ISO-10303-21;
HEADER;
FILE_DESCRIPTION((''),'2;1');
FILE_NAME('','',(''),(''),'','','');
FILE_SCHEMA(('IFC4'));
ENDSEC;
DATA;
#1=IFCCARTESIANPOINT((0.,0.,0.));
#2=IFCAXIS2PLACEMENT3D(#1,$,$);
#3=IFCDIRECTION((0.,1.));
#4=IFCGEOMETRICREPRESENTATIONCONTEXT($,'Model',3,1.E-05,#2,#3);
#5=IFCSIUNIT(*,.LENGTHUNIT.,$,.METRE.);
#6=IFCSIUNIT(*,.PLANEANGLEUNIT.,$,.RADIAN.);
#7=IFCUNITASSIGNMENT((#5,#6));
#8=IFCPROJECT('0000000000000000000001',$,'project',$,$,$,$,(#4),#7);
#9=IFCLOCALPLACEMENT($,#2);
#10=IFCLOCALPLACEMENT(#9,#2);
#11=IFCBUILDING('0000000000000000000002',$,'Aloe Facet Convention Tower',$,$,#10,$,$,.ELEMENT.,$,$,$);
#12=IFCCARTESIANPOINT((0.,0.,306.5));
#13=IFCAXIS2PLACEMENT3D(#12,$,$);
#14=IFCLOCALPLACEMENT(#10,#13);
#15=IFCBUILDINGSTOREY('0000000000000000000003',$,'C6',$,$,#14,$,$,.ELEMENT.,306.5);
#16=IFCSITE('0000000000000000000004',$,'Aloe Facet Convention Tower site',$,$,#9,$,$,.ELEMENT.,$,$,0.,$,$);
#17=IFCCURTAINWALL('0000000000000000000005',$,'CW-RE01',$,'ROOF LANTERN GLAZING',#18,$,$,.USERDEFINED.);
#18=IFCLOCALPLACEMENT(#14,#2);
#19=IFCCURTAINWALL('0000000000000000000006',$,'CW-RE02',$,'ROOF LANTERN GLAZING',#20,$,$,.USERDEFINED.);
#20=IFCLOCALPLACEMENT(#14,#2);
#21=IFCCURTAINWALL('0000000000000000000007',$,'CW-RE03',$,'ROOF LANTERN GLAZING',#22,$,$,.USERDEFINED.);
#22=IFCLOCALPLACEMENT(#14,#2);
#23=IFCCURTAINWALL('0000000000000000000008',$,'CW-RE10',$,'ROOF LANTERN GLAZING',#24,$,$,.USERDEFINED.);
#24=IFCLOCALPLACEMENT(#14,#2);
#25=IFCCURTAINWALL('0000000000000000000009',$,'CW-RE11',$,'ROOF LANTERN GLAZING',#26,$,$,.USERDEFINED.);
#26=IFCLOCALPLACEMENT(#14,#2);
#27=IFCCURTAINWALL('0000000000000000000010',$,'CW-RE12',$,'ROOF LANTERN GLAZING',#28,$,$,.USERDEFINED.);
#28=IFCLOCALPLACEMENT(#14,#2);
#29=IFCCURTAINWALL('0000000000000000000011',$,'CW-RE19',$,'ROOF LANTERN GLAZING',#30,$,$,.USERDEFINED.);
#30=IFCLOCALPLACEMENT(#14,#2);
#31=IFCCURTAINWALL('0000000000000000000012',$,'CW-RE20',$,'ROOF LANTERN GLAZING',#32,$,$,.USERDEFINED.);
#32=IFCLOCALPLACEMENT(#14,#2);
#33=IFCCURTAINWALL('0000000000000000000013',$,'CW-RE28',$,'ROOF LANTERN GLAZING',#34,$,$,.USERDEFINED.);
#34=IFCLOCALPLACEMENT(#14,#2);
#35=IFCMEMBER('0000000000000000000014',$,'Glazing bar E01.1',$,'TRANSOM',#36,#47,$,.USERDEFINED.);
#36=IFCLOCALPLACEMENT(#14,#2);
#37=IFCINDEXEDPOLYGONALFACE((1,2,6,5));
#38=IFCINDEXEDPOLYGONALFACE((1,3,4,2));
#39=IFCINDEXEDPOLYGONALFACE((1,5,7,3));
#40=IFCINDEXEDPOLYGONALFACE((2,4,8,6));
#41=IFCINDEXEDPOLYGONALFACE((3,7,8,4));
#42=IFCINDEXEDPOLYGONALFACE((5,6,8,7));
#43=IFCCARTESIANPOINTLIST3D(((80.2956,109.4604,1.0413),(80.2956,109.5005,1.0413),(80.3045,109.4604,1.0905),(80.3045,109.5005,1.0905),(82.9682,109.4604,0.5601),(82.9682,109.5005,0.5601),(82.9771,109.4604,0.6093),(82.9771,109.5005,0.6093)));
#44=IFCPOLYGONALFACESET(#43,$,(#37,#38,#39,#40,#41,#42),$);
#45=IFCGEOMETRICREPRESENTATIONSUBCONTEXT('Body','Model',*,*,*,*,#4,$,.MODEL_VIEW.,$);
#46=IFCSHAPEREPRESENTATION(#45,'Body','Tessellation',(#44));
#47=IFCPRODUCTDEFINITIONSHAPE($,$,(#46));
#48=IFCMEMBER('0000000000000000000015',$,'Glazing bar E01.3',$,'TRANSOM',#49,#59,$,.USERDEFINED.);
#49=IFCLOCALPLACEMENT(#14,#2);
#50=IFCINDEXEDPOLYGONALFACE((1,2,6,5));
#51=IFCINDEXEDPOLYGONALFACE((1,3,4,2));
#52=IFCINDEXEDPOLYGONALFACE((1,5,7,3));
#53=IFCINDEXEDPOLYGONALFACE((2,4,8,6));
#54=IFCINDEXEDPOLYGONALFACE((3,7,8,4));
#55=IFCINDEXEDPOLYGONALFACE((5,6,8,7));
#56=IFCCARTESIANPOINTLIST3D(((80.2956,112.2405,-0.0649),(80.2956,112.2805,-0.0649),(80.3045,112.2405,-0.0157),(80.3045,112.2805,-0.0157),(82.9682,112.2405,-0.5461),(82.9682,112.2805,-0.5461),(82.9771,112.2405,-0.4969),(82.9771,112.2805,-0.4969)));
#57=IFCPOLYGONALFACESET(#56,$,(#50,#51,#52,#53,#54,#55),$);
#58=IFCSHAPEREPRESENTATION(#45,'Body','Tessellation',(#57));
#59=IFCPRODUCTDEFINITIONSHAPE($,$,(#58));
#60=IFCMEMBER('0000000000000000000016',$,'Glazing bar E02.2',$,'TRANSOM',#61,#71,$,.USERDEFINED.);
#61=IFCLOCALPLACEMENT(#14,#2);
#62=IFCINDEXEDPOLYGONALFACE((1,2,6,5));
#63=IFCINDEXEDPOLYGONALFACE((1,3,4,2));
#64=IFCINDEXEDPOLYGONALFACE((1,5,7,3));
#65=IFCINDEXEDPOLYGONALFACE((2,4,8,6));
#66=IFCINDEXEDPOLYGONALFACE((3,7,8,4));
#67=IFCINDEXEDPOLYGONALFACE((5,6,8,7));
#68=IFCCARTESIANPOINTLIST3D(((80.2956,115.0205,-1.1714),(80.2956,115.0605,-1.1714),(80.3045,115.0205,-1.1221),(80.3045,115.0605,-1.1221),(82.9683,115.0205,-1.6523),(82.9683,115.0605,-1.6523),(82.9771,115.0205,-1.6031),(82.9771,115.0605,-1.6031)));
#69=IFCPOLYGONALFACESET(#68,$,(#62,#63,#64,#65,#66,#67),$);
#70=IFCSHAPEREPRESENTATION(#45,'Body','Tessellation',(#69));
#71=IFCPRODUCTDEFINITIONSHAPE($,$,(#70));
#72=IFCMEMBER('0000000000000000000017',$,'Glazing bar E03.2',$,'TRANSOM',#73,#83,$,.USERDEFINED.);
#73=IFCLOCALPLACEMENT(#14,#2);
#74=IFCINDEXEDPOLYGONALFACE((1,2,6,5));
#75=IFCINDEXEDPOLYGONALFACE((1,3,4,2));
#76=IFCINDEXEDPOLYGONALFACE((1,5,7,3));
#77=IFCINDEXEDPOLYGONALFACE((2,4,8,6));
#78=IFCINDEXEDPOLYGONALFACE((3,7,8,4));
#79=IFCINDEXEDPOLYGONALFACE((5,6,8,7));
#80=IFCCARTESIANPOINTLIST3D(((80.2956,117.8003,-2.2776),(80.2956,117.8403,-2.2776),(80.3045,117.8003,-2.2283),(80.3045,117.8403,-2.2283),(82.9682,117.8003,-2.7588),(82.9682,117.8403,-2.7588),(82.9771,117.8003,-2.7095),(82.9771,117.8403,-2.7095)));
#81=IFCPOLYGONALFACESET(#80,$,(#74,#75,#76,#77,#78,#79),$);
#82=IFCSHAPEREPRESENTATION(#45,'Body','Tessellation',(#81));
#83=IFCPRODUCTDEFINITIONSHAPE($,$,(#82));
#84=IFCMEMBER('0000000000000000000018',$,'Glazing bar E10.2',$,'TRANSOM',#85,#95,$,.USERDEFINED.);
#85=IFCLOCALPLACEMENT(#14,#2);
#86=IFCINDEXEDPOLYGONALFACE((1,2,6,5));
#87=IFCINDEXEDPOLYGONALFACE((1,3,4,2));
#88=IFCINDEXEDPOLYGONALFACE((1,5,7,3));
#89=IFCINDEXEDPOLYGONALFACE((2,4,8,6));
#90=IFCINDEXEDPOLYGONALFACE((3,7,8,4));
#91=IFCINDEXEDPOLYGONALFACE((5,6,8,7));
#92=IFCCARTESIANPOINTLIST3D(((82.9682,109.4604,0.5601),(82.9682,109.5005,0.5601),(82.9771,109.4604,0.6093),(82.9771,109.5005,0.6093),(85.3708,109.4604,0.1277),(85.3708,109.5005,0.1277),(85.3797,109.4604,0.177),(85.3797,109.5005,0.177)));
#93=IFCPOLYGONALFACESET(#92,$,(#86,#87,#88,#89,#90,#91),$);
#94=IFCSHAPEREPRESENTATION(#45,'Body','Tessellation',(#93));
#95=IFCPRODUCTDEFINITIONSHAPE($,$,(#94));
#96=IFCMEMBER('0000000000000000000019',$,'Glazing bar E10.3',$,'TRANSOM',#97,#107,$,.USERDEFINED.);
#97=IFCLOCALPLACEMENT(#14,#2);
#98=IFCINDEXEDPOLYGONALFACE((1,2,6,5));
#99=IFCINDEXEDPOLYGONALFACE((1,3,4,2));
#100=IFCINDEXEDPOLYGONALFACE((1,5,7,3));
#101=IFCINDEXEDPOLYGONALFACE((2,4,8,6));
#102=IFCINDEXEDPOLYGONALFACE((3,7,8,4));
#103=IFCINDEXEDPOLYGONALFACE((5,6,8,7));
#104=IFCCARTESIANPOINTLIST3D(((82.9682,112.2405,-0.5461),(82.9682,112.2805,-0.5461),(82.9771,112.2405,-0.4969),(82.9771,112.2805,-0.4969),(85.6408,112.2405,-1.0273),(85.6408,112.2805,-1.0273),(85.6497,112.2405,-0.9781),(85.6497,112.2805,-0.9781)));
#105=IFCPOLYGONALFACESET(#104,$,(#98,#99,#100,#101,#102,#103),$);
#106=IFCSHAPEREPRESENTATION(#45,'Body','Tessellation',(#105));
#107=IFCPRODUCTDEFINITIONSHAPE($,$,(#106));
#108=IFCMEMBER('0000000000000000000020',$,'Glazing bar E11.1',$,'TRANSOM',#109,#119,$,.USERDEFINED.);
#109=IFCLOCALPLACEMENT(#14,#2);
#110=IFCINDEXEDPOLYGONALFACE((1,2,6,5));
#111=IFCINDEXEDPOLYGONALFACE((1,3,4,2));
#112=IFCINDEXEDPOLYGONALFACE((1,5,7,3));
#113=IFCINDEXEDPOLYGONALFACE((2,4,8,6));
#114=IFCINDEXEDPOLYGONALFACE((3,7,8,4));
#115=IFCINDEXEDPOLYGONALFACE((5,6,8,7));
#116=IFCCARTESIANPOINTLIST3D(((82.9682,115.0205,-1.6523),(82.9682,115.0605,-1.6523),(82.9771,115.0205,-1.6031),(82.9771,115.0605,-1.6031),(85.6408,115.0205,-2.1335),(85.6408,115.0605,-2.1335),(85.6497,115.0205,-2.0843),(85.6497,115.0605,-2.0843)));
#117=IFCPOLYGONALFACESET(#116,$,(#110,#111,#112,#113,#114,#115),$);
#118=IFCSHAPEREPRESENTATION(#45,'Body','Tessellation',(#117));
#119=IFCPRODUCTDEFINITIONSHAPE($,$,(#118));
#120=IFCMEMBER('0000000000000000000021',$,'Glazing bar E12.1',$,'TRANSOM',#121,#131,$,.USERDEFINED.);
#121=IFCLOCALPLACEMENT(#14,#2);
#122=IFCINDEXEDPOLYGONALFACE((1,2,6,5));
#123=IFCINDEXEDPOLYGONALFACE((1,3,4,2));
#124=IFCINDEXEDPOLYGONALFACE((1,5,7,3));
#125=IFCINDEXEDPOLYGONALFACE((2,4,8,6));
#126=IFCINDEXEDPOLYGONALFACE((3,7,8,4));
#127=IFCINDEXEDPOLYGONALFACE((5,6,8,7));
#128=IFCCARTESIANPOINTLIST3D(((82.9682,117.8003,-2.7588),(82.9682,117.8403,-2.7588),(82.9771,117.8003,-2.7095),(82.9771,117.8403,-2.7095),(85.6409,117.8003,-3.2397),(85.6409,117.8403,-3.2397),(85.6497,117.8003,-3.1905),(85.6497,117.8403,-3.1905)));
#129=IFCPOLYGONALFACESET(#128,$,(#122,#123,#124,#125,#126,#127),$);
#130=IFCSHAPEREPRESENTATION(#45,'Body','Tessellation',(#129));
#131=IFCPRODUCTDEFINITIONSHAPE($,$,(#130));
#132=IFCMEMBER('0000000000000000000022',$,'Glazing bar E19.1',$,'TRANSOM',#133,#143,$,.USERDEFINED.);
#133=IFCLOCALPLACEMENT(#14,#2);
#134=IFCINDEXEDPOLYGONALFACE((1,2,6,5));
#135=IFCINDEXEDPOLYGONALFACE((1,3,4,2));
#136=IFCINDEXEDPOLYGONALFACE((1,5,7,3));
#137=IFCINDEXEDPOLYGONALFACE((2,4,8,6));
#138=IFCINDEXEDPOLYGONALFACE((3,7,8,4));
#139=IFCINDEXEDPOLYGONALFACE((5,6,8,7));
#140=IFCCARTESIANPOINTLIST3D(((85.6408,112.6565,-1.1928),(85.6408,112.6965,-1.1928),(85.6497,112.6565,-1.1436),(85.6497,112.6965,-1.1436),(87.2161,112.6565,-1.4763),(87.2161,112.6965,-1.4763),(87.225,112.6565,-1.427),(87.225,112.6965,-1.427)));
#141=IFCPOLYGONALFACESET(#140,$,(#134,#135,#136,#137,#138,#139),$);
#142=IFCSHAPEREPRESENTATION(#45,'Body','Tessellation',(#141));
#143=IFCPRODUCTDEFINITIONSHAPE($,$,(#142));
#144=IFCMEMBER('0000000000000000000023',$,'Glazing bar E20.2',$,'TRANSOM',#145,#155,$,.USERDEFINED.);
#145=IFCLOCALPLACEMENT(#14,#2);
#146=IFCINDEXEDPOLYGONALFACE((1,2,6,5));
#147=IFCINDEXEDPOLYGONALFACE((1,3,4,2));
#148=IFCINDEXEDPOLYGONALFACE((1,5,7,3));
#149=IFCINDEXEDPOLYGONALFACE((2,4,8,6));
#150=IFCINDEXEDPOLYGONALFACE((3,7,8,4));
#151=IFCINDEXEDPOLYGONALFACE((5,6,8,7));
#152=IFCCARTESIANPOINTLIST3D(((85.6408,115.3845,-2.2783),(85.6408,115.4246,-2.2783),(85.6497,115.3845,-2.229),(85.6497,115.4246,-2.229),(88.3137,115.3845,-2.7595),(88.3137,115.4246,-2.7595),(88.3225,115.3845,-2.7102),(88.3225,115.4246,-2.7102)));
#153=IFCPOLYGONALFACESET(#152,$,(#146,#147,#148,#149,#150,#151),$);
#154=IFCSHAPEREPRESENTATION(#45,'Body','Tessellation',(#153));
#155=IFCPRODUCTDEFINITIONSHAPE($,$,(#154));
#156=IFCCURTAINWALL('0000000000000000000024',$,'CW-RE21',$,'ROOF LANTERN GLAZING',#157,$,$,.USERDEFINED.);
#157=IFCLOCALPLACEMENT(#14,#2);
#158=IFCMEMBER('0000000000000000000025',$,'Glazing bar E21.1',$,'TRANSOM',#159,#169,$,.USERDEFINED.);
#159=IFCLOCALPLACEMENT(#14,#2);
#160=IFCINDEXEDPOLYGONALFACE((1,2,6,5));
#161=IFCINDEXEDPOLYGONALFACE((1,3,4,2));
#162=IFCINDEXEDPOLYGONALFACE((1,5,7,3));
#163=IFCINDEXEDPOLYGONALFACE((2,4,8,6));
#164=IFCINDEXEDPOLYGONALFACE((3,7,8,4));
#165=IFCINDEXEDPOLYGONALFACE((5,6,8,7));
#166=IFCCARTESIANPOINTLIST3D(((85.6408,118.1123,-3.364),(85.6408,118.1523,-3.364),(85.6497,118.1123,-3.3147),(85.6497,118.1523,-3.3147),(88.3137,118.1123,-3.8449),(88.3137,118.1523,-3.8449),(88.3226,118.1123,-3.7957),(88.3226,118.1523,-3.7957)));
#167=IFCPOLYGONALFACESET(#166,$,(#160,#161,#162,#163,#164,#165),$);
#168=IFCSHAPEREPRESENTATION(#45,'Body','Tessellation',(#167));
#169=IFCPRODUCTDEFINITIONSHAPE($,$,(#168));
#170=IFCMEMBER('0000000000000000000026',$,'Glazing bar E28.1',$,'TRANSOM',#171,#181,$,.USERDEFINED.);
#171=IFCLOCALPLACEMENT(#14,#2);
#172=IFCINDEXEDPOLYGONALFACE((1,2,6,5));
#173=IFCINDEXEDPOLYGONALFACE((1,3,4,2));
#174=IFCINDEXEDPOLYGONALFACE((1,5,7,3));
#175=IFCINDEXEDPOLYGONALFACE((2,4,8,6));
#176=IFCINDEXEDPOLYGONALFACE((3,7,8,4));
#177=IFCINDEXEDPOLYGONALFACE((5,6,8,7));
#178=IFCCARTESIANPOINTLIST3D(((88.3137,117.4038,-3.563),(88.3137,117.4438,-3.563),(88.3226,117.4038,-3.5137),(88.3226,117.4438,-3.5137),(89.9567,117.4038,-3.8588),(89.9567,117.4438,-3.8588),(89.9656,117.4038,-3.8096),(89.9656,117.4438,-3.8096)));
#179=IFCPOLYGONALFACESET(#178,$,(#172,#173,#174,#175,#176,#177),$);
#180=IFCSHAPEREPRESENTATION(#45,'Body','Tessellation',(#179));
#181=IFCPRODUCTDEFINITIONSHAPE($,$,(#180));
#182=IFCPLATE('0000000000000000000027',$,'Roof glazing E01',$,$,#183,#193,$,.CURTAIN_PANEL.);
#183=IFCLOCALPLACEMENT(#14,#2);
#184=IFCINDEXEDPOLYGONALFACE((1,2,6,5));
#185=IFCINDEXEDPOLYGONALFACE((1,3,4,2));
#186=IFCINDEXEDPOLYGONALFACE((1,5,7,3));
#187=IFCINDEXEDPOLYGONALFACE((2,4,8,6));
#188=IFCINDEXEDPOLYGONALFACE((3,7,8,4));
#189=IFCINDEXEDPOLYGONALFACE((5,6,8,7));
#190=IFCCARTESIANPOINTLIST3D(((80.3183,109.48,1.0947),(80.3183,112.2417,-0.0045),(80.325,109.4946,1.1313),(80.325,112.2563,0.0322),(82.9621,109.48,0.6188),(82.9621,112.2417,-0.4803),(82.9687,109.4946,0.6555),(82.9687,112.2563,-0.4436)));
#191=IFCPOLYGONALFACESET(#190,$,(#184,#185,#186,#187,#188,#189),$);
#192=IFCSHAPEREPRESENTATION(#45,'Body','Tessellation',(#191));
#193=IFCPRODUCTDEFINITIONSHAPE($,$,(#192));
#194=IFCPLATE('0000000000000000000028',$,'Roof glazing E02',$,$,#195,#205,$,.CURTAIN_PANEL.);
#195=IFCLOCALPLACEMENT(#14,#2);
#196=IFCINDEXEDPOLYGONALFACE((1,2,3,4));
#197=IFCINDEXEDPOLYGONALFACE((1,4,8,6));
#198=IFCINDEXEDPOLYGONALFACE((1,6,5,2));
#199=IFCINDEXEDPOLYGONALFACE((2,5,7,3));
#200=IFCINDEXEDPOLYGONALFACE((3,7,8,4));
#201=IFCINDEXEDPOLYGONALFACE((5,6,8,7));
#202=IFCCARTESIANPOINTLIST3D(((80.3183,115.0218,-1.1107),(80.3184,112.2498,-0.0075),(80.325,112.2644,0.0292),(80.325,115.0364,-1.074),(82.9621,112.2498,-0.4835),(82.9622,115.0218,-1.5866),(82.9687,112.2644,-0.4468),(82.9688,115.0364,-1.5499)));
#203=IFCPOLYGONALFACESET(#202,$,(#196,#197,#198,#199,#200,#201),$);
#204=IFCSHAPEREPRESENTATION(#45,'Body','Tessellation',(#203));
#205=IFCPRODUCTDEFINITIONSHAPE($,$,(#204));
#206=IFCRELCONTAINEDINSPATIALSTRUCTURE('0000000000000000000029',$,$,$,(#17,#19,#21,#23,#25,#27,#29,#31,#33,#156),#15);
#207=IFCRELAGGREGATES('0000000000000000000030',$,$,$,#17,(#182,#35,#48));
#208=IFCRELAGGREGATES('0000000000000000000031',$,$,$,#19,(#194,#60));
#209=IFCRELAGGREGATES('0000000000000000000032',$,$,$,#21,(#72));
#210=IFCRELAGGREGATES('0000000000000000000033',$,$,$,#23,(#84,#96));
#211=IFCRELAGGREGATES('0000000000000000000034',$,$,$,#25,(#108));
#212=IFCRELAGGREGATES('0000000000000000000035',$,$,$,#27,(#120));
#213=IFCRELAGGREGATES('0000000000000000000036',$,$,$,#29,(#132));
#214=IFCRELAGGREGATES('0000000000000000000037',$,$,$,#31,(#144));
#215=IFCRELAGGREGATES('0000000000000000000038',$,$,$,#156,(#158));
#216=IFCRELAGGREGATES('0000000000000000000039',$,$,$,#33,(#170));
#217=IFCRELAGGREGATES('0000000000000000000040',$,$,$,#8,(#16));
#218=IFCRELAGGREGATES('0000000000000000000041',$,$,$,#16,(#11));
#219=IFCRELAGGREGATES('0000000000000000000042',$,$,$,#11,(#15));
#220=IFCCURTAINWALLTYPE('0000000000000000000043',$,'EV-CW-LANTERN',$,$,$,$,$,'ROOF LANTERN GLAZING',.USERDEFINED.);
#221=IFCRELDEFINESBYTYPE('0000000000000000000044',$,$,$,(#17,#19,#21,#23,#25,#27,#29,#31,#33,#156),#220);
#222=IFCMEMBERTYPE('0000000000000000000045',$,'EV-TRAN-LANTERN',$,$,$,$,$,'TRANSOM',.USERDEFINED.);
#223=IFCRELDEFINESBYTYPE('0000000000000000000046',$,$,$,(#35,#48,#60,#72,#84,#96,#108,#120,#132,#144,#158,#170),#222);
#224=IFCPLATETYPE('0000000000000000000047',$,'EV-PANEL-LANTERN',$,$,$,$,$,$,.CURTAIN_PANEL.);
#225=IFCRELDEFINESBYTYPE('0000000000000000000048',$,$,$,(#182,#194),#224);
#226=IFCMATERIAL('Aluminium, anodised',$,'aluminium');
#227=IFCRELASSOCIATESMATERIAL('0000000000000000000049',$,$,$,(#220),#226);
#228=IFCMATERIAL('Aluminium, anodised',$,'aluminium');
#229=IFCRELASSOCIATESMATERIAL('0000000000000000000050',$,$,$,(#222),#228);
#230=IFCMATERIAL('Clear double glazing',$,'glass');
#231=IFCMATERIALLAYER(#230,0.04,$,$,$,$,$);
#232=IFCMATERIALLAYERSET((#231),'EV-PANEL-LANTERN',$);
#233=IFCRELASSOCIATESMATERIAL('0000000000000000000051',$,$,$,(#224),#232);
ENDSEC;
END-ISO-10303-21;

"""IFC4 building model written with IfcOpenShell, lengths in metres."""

from ifc_helpers import new_model, si_unit, direction, frame, origin, origin_2d, place, context, subcontext, project, spatial, polyline, rectangle, outline, extrude, material, layer, layer_set, material_profile, profile_set, type_object, element, aggregate, save


model = new_model("IFC4")

# Units and contexts
model_context = context("Model", 3, precision=1e-05, world=origin(), true_north=direction((0.0, 1.0)))
body_context = subcontext(model_context, "Body", "Model", "MODEL_VIEW")
ifc_project = project(units=[si_unit("LENGTHUNIT", "METRE"), si_unit("PLANEANGLEUNIT", "RADIAN")], contexts=[model_context])

# Site, building, storey
site_placement = place(None, origin())
site = spatial("IfcSite", under=ifc_project, at=site_placement, Name="Aloe Facet Convention Tower site", CompositionType="ELEMENT", RefElevation=0.0)
building_placement = place(site_placement, origin())
building = spatial("IfcBuilding", under=site, at=building_placement, Name="Aloe Facet Convention Tower", CompositionType="ELEMENT")
storey_placement = place(building_placement, frame((0.0, 0.0, 306.5)))
storey = spatial("IfcBuildingStorey", under=building, at=storey_placement, Name="C6", CompositionType="ELEMENT", Elevation=306.5)

# Curtain walls
ifc_material_1 = material(Name="Aluminium, anodised", Category="aluminium")
curtain_wall_type = type_object("IfcCurtainWallType", Name="EV-CW-LANTERN", ElementType="ROOF LANTERN GLAZING", PredefinedType="USERDEFINED", material=ifc_material_1)
curtain_wall_1_placement = place(storey_placement, origin())
curtain_wall_1 = element("IfcCurtainWall", 1, at=curtain_wall_1_placement, inside=storey, type_object=curtain_wall_type, Name="CW-RE01", ObjectType="ROOF LANTERN GLAZING", PredefinedType="USERDEFINED")
curtain_wall_2_placement = place(storey_placement, origin())
curtain_wall_2 = element("IfcCurtainWall", 2, at=curtain_wall_2_placement, inside=storey, type_object=curtain_wall_type, Name="CW-RE02", ObjectType="ROOF LANTERN GLAZING", PredefinedType="USERDEFINED")
curtain_wall_3_placement = place(storey_placement, origin())
curtain_wall_3 = element("IfcCurtainWall", 3, at=curtain_wall_3_placement, inside=storey, type_object=curtain_wall_type, Name="CW-RE03", ObjectType="ROOF LANTERN GLAZING", PredefinedType="USERDEFINED")

# Curtain wall
curtain_wall_4_placement = place(storey_placement, origin())
curtain_wall_4 = element("IfcCurtainWall", 4, at=curtain_wall_4_placement, inside=storey, type_object=curtain_wall_type, Name="CW-RE10", ObjectType="ROOF LANTERN GLAZING", PredefinedType="USERDEFINED")

# Curtain walls
curtain_wall_5_placement = place(storey_placement, origin())
curtain_wall_5 = element("IfcCurtainWall", 5, at=curtain_wall_5_placement, inside=storey, type_object=curtain_wall_type, Name="CW-RE11", ObjectType="ROOF LANTERN GLAZING", PredefinedType="USERDEFINED")
curtain_wall_6_placement = place(storey_placement, origin())
curtain_wall_6 = element("IfcCurtainWall", 6, at=curtain_wall_6_placement, inside=storey, type_object=curtain_wall_type, Name="CW-RE12", ObjectType="ROOF LANTERN GLAZING", PredefinedType="USERDEFINED")
curtain_wall_7_placement = place(storey_placement, origin())
curtain_wall_7 = element("IfcCurtainWall", 7, at=curtain_wall_7_placement, inside=storey, type_object=curtain_wall_type, Name="CW-RE19", ObjectType="ROOF LANTERN GLAZING", PredefinedType="USERDEFINED")

# Curtain wall
curtain_wall_8_placement = place(storey_placement, origin())
curtain_wall_8 = element("IfcCurtainWall", 8, at=curtain_wall_8_placement, inside=storey, type_object=curtain_wall_type, Name="CW-RE20", ObjectType="ROOF LANTERN GLAZING", PredefinedType="USERDEFINED")

# Curtain wall
curtain_wall_9_placement = place(storey_placement, origin())
curtain_wall_9 = element("IfcCurtainWall", 9, at=curtain_wall_9_placement, inside=storey, type_object=curtain_wall_type, Name="CW-RE28", ObjectType="ROOF LANTERN GLAZING", PredefinedType="USERDEFINED")

# Members
ifc_material_2 = material(Name="Aluminium, anodised", Category="aluminium")
ifc_material_profile_1 = material_profile(ifc_material_2, rectangle(XDim=0.04, YDim=0.05, at=origin_2d()), Name="AL 40x50")
ifc_profile_set_1 = profile_set([ifc_material_profile_1], Name="Aluminium, anodised")
member_type_1 = type_object("IfcMemberType", Name="EV-TRAN-LANTERN", ElementType="TRANSOM", PredefinedType="USERDEFINED", material=ifc_profile_set_1)
member_1_placement = place(storey_placement, frame((82.9727, 109.4805, 0.5847), z_axis=(-0.984175, 0.0, 0.1772), x_axis=(0.0, -1.0, 0.0)))
member_1 = element("IfcMember", 10, at=member_1_placement, type_object=member_type_1, Name="Glazing bar E01.1", ObjectType="TRANSOM", PredefinedType="USERDEFINED", context=body_context, shape_type="SweptSolid", body=[
    extrude(rectangle(XDim=0.04, YDim=0.05, at=origin_2d()), origin(), (0.0, 0.0, 1.0), 2.7156),
])
member_2_placement = place(storey_placement, frame((80.3, 112.2605, -0.0403), z_axis=(0.984175, 0.0, -0.1772), x_axis=(0.0, 1.0, 0.0)))
member_2 = element("IfcMember", 11, at=member_2_placement, type_object=member_type_1, Name="Glazing bar E01.3", ObjectType="TRANSOM", PredefinedType="USERDEFINED", context=body_context, shape_type="SweptSolid", body=[
    extrude(rectangle(XDim=0.04, YDim=0.05, at=origin_2d()), origin(), (0.0, 0.0, 1.0), 2.7156),
])
member_3_placement = place(storey_placement, frame((80.3, 115.0405, -1.1467), z_axis=(0.984191, 0.0, -0.177113), x_axis=(0.0, 1.0, 0.0)))
member_3 = element("IfcMember", 12, at=member_3_placement, type_object=member_type_1, Name="Glazing bar E02.2", ObjectType="TRANSOM", PredefinedType="USERDEFINED", context=body_context, shape_type="SweptSolid", body=[
    extrude(rectangle(XDim=0.04, YDim=0.05, at=origin_2d()), origin(), (0.0, 0.0, 1.0), 2.7156),
])
member_4_placement = place(storey_placement, frame((80.3, 117.8203, -2.2529), z_axis=(0.984175, 0.0, -0.1772), x_axis=(0.0, 1.0, 0.0)))
member_4 = element("IfcMember", 13, at=member_4_placement, type_object=member_type_1, Name="Glazing bar E03.2", ObjectType="TRANSOM", PredefinedType="USERDEFINED", context=body_context, shape_type="SweptSolid", body=[
    extrude(rectangle(XDim=0.04, YDim=0.05, at=origin_2d()), origin(), (0.0, 0.0, 1.0), 2.7156),
])
member_5_placement = place(storey_placement, frame((85.3752, 109.4805, 0.1523), z_axis=(-0.98419, 0.0, 0.177116), x_axis=(0.0, -1.0, 0.0)))
member_5 = element("IfcMember", 14, at=member_5_placement, type_object=member_type_1, Name="Glazing bar E10.2", ObjectType="TRANSOM", PredefinedType="USERDEFINED", context=body_context, shape_type="SweptSolid", body=[
    extrude(rectangle(XDim=0.04, YDim=0.05, at=origin_2d()), origin(), (0.0, 0.0, 1.0), 2.4412),
])
member_6_placement = place(storey_placement, frame((82.9727, 112.2605, -0.5215), z_axis=(0.984175, 0.0, -0.1772), x_axis=(0.0, 1.0, 0.0)))
member_6 = element("IfcMember", 15, at=member_6_placement, type_object=member_type_1, Name="Glazing bar E10.3", ObjectType="TRANSOM", PredefinedType="USERDEFINED", context=body_context, shape_type="SweptSolid", body=[
    extrude(rectangle(XDim=0.04, YDim=0.05, at=origin_2d()), origin(), (0.0, 0.0, 1.0), 2.7156),
])
member_7_placement = place(storey_placement, frame((82.9727, 115.0405, -1.6277), z_axis=(0.984175, 0.0, -0.1772), x_axis=(0.0, 1.0, 0.0)))
member_7 = element("IfcMember", 16, at=member_7_placement, type_object=member_type_1, Name="Glazing bar E11.1", ObjectType="TRANSOM", PredefinedType="USERDEFINED", context=body_context, shape_type="SweptSolid", body=[
    extrude(rectangle(XDim=0.04, YDim=0.05, at=origin_2d()), origin(), (0.0, 0.0, 1.0), 2.7156),
])
member_8_placement = place(storey_placement, frame((82.9727, 117.8203, -2.7341), z_axis=(0.984191, 0.0, -0.177113), x_axis=(0.0, 1.0, 0.0)))
member_8 = element("IfcMember", 17, at=member_8_placement, type_object=member_type_1, Name="Glazing bar E12.1", ObjectType="TRANSOM", PredefinedType="USERDEFINED", context=body_context, shape_type="SweptSolid", body=[
    extrude(rectangle(XDim=0.04, YDim=0.05, at=origin_2d()), origin(), (0.0, 0.0, 1.0), 2.7156),
])
member_9_placement = place(storey_placement, frame((85.6453, 112.6765, -1.1682), z_axis=(0.984193, 0.0, -0.1771), x_axis=(0.0, 1.0, 0.0)))
member_9 = element("IfcMember", 18, at=member_9_placement, type_object=member_type_1, Name="Glazing bar E19.1", ObjectType="TRANSOM", PredefinedType="USERDEFINED", context=body_context, shape_type="SweptSolid", body=[
    extrude(rectangle(XDim=0.04, YDim=0.05, at=origin_2d()), origin(), (0.0, 0.0, 1.0), 1.6006),
])
member_10_placement = place(storey_placement, frame((85.6453, 115.4045, -2.2537), z_axis=(0.984178, 0.0, -0.177184), x_axis=(0.0, 1.0, 0.0)))
member_10 = element("IfcMember", 19, at=member_10_placement, type_object=member_type_1, Name="Glazing bar E20.2", ObjectType="TRANSOM", PredefinedType="USERDEFINED", context=body_context, shape_type="SweptSolid", body=[
    extrude(rectangle(XDim=0.04, YDim=0.05, at=origin_2d()), origin(), (0.0, 0.0, 1.0), 2.7158),
])

# Curtain wall, member
curtain_wall_10_placement = place(storey_placement, origin())
curtain_wall_10 = element("IfcCurtainWall", 20, at=curtain_wall_10_placement, inside=storey, type_object=curtain_wall_type, Name="CW-RE21", ObjectType="ROOF LANTERN GLAZING", PredefinedType="USERDEFINED")
member_11_placement = place(storey_placement, frame((85.6453, 118.1323, -3.3394), z_axis=(0.984193, 0.0, -0.177097), x_axis=(0.0, 1.0, 0.0)))
member_11 = element("IfcMember", 21, at=member_11_placement, type_object=member_type_1, Name="Glazing bar E21.1", ObjectType="TRANSOM", PredefinedType="USERDEFINED", context=body_context, shape_type="SweptSolid", body=[
    extrude(rectangle(XDim=0.04, YDim=0.05, at=origin_2d()), origin(), (0.0, 0.0, 1.0), 2.7158),
])

# Member
member_12_placement = place(storey_placement, frame((88.3181, 117.4238, -3.5383), z_axis=(0.984168, 0.0, -0.177238), x_axis=(0.0, 1.0, 0.0)))
member_12 = element("IfcMember", 22, at=member_12_placement, type_object=member_type_1, Name="Glazing bar E28.1", ObjectType="TRANSOM", PredefinedType="USERDEFINED", context=body_context, shape_type="SweptSolid", body=[
    extrude(rectangle(XDim=0.04, YDim=0.05, at=origin_2d()), origin(), (0.0, 0.0, 1.0), 1.6694),
])

# Plates
ifc_material_3 = material(Name="Clear double glazing", Category="glass")
ifc_layer_1 = layer(ifc_material_3, 0.04)
ifc_layer_set_1 = layer_set([ifc_layer_1], Name="EV-PANEL-LANTERN")
plate_type_1 = type_object("IfcPlateType", Name="EV-PANEL-LANTERN", PredefinedType="CURTAIN_PANEL", material=ifc_layer_set_1)
plate_1_placement = place(storey_placement, frame((80.325, 112.2563, 0.0322), z_axis=(0.164933, 0.364712, 0.916397), x_axis=(0.984187, 0.0, -0.177134)))
plate_1 = element("IfcPlate", 23, at=plate_1_placement, type_object=plate_type_1, Name="Roof glazing E01", PredefinedType="CURTAIN_PANEL", context=body_context, shape_type="SweptSolid", body=[
    extrude(outline(polyline([(0.0, 0.0), (2.6863, 0.0), (2.4916, -2.966), (-0.1947, -2.966), (0.0, 0.0)])), origin(), (0.0, 0.0, -1.0), 0.04),
])
aggregate(curtain_wall_1, [plate_1, member_1, member_2])
plate_2_placement = place(storey_placement, frame((80.325, 115.0364, -1.074), z_axis=(0.164975, 0.364694, 0.916396), x_axis=(0.984178, 0.000015, -0.177184)))
plate_2 = element("IfcPlate", 24, at=plate_2_placement, type_object=plate_type_1, Name="Roof glazing E02", PredefinedType="CURTAIN_PANEL", context=body_context, shape_type="SweptSolid", body=[
    extrude(outline(polyline([(0.0, 0.0), (2.6863, 0.0), (2.4908, -2.977), (-0.1955, -2.977), (0.0, 0.0)])), origin(), (0.0, 0.0, -1.0), 0.04),
])
aggregate(curtain_wall_2, [plate_2, member_3])
aggregate(curtain_wall_3, [member_4])
aggregate(curtain_wall_4, [member_5, member_6])
aggregate(curtain_wall_5, [member_7])
aggregate(curtain_wall_6, [member_8])
aggregate(curtain_wall_7, [member_9])
aggregate(curtain_wall_8, [member_10])
aggregate(curtain_wall_10, [member_11])
aggregate(curtain_wall_9, [member_12])

save(model, "model.ifc")
